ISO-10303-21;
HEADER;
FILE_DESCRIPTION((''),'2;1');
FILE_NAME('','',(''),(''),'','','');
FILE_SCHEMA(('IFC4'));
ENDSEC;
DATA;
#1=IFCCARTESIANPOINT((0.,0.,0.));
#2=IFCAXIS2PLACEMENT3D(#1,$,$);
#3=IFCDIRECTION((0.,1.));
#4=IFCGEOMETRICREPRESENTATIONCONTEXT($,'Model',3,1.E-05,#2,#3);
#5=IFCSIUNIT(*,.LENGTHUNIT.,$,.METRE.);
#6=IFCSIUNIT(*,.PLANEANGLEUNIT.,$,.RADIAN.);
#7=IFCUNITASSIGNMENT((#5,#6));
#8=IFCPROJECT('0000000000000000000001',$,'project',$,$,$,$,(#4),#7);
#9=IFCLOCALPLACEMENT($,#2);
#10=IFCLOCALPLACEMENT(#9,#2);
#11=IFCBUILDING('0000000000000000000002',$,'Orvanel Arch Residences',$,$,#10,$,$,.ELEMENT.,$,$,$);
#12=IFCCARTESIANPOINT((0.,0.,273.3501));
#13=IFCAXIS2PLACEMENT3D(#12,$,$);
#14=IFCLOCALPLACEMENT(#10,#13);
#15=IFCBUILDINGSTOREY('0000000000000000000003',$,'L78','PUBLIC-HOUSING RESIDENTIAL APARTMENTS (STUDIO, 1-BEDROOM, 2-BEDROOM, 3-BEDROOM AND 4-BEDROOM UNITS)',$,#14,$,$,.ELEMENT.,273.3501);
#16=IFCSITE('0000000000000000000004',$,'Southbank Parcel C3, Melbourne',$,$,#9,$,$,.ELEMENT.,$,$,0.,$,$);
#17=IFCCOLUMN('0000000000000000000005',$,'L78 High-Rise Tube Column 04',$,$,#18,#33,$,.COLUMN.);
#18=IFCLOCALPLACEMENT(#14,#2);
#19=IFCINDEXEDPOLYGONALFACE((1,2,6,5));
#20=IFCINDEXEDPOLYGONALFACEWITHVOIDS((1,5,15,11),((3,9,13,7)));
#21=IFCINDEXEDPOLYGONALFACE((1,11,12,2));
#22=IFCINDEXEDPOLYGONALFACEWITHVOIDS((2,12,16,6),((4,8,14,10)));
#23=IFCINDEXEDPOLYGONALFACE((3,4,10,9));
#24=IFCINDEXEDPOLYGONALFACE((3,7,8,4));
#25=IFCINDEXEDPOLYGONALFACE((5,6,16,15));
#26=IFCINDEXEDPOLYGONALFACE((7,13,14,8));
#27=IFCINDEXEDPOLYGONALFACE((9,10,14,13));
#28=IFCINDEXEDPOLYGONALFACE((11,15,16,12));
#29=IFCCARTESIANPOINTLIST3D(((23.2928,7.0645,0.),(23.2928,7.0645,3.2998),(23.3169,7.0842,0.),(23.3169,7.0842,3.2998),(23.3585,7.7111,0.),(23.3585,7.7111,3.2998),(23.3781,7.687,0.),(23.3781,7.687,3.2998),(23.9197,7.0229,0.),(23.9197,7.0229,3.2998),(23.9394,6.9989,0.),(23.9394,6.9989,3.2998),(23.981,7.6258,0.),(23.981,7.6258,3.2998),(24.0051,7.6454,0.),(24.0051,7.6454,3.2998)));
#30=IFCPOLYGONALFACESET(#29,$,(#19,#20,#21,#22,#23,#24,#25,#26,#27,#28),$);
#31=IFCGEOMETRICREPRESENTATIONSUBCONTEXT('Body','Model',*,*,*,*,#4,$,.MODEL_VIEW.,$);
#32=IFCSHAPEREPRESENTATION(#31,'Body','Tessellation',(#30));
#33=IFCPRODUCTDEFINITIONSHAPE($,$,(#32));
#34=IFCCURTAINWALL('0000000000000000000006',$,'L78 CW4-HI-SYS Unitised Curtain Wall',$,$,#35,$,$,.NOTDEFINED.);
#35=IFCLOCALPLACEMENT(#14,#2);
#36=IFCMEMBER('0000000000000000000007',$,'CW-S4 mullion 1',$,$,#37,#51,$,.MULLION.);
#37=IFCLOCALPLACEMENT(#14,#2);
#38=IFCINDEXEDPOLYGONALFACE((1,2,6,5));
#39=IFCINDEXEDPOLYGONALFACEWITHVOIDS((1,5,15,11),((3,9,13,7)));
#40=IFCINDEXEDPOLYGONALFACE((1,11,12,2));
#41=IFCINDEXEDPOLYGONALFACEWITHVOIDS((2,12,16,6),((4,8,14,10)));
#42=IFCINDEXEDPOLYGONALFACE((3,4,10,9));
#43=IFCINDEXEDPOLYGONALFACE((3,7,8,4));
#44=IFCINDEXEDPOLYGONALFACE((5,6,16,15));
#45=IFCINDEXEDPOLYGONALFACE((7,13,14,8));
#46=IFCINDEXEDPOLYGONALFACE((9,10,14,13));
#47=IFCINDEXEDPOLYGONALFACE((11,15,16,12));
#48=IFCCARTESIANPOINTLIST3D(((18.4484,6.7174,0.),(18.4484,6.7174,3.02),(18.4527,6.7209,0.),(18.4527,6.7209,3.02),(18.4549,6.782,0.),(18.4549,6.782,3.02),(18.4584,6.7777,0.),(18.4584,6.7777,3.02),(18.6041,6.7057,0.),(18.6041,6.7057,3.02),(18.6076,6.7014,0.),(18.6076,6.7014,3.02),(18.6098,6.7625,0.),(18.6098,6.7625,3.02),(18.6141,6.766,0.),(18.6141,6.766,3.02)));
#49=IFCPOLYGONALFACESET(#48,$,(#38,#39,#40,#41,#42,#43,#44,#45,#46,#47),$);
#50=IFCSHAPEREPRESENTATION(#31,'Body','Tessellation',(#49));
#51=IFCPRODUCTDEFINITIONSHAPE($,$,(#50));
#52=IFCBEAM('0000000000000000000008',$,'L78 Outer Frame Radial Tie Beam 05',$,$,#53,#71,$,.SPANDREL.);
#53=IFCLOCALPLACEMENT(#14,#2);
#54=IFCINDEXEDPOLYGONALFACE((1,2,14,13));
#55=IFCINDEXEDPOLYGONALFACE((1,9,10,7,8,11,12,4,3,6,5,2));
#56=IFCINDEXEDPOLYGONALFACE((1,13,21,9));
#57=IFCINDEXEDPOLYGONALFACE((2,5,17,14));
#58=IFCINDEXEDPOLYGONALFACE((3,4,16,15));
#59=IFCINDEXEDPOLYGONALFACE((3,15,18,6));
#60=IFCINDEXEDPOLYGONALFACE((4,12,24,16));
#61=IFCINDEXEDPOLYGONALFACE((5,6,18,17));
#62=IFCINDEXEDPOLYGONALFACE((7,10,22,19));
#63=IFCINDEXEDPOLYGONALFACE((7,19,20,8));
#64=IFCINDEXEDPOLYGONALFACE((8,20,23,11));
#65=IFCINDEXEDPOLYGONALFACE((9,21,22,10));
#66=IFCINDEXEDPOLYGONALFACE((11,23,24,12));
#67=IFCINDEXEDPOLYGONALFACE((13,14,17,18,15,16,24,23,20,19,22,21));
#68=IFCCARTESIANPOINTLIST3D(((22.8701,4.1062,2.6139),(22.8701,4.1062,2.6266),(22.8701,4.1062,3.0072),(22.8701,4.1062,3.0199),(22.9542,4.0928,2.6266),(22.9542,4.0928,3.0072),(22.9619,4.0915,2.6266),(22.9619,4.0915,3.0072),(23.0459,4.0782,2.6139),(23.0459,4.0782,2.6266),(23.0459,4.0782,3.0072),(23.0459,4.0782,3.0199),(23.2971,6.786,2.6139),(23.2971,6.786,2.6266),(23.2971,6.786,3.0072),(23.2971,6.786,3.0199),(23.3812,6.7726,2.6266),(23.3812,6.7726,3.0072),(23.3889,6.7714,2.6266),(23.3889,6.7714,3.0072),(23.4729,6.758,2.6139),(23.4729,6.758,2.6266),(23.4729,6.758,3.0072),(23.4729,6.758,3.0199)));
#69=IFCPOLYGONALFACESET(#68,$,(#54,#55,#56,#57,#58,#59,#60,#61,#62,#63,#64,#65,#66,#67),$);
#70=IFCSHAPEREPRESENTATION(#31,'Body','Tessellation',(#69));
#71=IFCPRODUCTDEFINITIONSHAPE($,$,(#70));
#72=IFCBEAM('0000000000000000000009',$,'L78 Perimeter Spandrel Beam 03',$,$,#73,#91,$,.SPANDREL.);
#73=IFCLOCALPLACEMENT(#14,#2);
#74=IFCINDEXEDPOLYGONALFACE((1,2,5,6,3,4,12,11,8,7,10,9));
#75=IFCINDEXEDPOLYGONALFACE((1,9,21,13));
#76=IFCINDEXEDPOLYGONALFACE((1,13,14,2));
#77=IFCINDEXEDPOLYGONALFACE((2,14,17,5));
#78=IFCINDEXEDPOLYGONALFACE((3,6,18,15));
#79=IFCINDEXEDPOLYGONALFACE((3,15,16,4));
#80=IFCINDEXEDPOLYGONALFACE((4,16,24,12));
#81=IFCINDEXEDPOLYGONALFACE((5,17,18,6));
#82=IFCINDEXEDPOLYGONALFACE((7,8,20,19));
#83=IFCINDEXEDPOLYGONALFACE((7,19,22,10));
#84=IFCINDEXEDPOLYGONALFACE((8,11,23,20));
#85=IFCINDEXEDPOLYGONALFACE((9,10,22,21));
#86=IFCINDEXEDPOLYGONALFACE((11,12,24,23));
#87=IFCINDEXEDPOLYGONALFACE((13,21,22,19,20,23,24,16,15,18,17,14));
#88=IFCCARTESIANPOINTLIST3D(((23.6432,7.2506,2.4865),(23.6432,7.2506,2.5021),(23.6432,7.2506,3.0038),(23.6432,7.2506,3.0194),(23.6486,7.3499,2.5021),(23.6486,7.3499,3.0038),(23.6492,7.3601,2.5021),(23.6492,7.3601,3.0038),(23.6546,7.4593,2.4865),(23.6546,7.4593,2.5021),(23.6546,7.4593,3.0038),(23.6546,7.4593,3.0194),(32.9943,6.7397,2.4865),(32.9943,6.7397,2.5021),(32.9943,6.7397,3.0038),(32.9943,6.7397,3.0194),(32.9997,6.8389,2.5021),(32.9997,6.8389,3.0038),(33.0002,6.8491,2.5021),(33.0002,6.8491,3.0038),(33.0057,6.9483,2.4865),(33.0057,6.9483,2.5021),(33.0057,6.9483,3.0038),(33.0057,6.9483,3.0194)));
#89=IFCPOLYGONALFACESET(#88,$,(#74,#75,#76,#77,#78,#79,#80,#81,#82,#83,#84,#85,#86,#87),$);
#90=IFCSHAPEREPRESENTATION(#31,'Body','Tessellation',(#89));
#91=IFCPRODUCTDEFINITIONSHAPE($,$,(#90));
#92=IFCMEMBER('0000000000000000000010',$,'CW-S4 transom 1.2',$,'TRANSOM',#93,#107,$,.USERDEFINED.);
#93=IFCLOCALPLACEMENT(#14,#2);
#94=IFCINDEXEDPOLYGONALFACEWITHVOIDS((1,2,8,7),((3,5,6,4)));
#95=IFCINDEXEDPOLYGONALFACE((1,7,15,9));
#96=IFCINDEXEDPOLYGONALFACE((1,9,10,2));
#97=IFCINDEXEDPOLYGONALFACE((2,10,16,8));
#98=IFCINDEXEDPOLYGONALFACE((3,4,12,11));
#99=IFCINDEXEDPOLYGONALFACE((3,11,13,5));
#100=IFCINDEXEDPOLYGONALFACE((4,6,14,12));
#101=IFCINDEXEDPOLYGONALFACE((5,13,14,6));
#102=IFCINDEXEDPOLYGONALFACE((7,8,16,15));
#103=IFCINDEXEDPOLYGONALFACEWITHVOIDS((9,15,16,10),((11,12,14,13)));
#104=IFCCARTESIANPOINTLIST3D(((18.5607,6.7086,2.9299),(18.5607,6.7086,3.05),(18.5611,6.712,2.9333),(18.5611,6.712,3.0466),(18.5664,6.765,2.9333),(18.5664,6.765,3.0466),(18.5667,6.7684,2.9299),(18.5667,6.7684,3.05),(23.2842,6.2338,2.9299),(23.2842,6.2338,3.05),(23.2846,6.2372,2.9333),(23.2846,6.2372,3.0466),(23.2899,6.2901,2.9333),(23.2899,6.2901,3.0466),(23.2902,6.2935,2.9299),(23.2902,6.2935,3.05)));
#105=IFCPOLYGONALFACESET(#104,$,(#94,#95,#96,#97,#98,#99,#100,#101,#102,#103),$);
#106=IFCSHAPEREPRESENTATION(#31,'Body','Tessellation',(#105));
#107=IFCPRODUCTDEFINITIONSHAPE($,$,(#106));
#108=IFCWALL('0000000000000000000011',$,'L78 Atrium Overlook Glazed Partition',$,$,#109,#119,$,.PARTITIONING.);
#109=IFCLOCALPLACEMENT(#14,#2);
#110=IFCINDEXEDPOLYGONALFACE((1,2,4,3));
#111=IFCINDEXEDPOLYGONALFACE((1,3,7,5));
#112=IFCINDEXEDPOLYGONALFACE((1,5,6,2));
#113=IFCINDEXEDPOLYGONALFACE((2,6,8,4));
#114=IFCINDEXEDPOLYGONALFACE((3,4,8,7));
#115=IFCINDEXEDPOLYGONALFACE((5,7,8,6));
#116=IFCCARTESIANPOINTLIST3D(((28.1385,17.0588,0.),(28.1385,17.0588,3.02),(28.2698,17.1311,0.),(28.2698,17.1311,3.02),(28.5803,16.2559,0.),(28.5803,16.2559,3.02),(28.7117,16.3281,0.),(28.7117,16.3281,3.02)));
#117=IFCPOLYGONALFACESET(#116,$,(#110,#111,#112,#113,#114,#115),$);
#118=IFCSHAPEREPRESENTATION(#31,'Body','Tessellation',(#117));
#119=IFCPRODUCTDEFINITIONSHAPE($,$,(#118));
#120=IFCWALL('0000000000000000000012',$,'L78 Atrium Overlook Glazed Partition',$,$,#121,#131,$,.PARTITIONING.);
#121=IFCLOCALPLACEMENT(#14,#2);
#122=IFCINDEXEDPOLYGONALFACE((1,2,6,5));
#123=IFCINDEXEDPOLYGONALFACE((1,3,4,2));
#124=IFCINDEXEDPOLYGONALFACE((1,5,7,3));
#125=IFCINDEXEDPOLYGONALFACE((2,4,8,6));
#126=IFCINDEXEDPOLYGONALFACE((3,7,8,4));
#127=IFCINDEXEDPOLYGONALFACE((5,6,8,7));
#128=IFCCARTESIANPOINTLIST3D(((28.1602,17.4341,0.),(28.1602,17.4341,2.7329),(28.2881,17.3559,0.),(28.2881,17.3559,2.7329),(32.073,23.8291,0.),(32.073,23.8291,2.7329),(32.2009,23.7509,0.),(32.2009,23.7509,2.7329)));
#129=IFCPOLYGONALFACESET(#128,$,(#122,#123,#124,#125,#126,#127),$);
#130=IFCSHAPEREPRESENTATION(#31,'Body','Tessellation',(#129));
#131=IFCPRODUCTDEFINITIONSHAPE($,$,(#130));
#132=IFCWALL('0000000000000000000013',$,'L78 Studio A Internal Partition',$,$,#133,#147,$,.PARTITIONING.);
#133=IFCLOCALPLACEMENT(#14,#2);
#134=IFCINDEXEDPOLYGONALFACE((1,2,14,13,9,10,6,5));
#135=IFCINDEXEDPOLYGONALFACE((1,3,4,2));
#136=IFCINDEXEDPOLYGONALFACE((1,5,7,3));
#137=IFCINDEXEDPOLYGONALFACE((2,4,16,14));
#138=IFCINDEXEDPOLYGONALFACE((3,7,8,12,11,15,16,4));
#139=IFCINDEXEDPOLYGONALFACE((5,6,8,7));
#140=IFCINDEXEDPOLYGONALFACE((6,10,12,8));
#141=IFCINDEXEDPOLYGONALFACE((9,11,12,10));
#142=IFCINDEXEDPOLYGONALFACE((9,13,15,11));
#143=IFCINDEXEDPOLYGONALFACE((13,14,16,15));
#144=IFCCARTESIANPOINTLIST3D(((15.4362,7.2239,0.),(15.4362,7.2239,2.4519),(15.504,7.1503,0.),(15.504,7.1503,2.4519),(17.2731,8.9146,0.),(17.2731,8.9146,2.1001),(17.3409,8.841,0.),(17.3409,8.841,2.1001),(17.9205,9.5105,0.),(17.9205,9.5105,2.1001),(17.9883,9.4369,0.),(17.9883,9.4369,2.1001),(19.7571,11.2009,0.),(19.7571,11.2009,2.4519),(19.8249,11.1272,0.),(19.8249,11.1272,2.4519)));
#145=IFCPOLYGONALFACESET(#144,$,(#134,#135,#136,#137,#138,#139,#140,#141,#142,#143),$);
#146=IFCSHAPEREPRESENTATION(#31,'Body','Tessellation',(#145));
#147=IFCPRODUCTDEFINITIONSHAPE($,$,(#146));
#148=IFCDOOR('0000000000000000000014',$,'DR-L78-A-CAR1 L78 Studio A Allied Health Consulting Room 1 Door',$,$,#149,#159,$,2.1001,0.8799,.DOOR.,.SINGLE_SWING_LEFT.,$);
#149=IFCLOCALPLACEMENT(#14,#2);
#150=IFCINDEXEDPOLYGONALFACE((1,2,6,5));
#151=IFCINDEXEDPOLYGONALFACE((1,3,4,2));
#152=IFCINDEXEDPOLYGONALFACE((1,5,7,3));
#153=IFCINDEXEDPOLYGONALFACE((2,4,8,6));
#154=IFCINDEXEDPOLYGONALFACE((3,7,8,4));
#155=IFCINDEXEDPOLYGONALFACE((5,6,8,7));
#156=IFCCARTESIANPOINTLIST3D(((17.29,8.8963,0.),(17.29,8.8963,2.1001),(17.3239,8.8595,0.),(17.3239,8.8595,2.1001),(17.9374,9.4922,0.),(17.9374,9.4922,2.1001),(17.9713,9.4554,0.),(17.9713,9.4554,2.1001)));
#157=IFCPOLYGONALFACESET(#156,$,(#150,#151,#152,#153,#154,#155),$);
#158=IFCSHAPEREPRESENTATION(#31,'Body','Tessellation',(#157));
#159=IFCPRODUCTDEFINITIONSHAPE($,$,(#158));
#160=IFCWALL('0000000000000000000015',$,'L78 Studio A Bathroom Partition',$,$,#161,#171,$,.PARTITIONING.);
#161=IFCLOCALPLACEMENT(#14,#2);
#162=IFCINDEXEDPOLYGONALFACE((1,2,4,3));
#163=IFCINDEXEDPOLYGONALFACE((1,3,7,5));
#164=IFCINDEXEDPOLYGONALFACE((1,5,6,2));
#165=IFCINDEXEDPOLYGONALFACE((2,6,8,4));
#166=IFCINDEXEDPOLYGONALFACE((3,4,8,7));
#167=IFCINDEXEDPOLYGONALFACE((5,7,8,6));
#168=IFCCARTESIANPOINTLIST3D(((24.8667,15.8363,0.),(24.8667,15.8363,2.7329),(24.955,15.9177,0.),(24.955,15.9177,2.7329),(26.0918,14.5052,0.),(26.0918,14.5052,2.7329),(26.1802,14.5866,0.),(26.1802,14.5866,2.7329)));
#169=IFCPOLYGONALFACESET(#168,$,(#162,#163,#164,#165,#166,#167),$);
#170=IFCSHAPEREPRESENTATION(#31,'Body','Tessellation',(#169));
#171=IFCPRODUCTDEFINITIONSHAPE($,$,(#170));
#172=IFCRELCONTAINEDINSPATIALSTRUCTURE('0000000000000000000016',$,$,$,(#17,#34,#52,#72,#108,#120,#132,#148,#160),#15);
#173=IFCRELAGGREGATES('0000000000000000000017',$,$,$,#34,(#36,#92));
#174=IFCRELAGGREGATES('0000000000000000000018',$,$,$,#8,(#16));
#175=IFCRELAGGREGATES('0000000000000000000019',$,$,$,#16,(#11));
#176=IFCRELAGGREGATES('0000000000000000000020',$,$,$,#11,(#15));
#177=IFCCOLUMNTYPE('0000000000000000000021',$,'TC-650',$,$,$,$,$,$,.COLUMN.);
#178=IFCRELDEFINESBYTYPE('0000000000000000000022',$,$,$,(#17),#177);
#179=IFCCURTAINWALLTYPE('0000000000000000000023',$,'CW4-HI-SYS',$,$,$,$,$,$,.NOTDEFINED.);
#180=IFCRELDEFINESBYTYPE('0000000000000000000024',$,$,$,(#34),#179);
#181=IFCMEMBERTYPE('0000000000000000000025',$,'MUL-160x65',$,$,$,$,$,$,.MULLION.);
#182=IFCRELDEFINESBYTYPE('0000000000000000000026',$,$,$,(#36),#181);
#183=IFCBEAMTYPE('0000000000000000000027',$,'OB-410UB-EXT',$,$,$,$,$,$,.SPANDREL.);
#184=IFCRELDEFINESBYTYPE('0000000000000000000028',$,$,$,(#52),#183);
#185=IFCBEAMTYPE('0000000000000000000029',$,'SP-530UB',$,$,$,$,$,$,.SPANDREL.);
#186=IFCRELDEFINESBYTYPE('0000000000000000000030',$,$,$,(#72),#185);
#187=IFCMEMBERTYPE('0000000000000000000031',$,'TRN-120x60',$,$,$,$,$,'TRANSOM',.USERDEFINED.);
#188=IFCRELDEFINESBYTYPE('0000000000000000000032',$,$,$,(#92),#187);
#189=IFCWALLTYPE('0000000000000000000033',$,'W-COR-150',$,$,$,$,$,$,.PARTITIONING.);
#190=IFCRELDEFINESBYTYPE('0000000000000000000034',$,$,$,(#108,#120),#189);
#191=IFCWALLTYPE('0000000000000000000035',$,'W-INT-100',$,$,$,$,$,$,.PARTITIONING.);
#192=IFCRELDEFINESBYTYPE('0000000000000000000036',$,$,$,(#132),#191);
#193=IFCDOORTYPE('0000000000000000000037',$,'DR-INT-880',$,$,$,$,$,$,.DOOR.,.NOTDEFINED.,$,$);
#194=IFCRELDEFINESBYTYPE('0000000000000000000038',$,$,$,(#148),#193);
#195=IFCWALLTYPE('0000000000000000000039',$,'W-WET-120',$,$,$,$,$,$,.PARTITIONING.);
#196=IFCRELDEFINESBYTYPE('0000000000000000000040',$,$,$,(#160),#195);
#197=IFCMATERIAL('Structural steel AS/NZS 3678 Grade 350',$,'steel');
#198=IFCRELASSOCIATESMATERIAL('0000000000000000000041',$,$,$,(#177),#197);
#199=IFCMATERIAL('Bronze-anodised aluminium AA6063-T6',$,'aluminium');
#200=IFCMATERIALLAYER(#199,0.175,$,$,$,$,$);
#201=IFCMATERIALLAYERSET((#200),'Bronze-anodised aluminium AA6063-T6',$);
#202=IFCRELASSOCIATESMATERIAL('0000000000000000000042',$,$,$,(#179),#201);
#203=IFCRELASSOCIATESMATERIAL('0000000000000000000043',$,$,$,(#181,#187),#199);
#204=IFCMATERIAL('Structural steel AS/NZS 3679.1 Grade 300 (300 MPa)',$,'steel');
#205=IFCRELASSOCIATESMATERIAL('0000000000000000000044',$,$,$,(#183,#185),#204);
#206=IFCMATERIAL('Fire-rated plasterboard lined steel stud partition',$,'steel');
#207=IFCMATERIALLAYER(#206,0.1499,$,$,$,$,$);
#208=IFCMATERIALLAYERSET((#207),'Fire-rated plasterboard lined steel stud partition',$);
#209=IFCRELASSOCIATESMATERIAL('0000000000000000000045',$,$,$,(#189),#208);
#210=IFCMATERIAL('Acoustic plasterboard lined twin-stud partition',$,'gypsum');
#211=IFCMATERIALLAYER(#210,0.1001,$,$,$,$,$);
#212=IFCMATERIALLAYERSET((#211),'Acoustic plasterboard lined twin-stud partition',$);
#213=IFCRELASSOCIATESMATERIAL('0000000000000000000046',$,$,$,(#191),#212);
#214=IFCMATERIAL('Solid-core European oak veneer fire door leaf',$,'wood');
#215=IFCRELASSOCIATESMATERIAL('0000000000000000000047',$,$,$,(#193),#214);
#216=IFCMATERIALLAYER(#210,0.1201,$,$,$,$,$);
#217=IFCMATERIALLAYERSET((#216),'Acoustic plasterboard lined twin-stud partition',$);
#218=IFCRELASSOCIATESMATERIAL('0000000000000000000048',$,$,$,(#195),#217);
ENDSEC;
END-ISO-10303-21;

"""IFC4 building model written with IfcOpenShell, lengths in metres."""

from ifc_helpers import new_model, si_unit, direction, frame, frame_2d, origin, origin_2d, place, context, subcontext, project, spatial, rectangle, hollow_rectangle, i_section, extrude, material, layer, layer_set, material_profile, profile_set, type_object, element, fill, aggregate, save


model = new_model("IFC4")

# Units and contexts
model_context = context("Model", 3, precision=1e-05, world=origin(), true_north=direction((0.0, 1.0)))
body_context = subcontext(model_context, "Body", "Model", "MODEL_VIEW")
ifc_project = project(units=[si_unit("LENGTHUNIT", "METRE"), si_unit("PLANEANGLEUNIT", "RADIAN")], contexts=[model_context])

# Site, building, storey
site_placement = place(None, origin())
site = spatial("IfcSite", under=ifc_project, at=site_placement, Name="Southbank Parcel C3, Melbourne", CompositionType="ELEMENT", RefElevation=0.0)
building_placement = place(site_placement, origin())
building = spatial("IfcBuilding", under=site, at=building_placement, Name="Orvanel Arch Residences", CompositionType="ELEMENT")
storey_placement = place(building_placement, frame((0.0, 0.0, 273.3501)))
storey = spatial("IfcBuildingStorey", under=building, at=storey_placement, Name="L78", Description="PUBLIC-HOUSING RESIDENTIAL APARTMENTS (STUDIO, 1-BEDROOM, 2-BEDROOM, 3-BEDROOM AND 4-BEDROOM UNITS)", CompositionType="ELEMENT", Elevation=273.3501)

# Column
ifc_material_1 = material(Name="Structural steel AS/NZS 3678 Grade 350", Category="steel")
ifc_material_profile_1 = material_profile(ifc_material_1, hollow_rectangle(XDim=0.6499, YDim=0.6499, WallThickness=0.022, at=origin_2d()), Name="BOX650x650x22")
ifc_profile_set_1 = profile_set([ifc_material_profile_1], Name="Structural steel AS/NZS 3678 Grade 350")
column_type = type_object("IfcColumnType", Name="TC-650", PredefinedType="COLUMN", material=ifc_profile_set_1)
column_placement = place(storey_placement, frame((23.6489, 7.355, 0.0), z_axis=(0.0, 0.0, 1.0), x_axis=(-0.994881, 0.101056, 0.0)))
element("IfcColumn", 1, at=column_placement, inside=storey, type_object=column_type, Name="L78 High-Rise Tube Column 04", PredefinedType="COLUMN", context=body_context, shape_type="SweptSolid", body=[
    extrude(hollow_rectangle(XDim=0.6499, YDim=0.6499, WallThickness=0.022, at=origin_2d()), origin(), (0.0, 0.0, 1.0), 3.2998),
])

# Curtain wall, member
ifc_material_2 = material(Name="Bronze-anodised aluminium AA6063-T6", Category="aluminium")
ifc_layer_1 = layer(ifc_material_2, 0.175)
ifc_layer_set_1 = layer_set([ifc_layer_1], Name="Bronze-anodised aluminium AA6063-T6")
curtain_wall_type = type_object("IfcCurtainWallType", Name="CW4-HI-SYS", PredefinedType="NOTDEFINED", material=ifc_layer_set_1)
curtain_wall_placement = place(storey_placement, origin())
curtain_wall = element("IfcCurtainWall", 2, at=curtain_wall_placement, inside=storey, type_object=curtain_wall_type, Name="L78 CW4-HI-SYS Unitised Curtain Wall", PredefinedType="NOTDEFINED")
ifc_material_profile_2 = material_profile(ifc_material_2, hollow_rectangle(XDim=0.0649, YDim=0.1599, WallThickness=0.0039, at=origin_2d()), Name="ALU160x65x4")
ifc_profile_set_2 = profile_set([ifc_material_profile_2], Name="Bronze-anodised aluminium AA6063-T6")
member_type_1 = type_object("IfcMemberType", Name="MUL-160x65", PredefinedType="MULLION", material=ifc_profile_set_2)
member_1_placement = place(storey_placement, frame((18.5312, 6.7417, 0.0), z_axis=(0.0, 0.0, 1.0), x_axis=(0.100004, 0.994987, 0.0)))
member_1 = element("IfcMember", 3, at=member_1_placement, type_object=member_type_1, Name="CW-S4 mullion 1", PredefinedType="MULLION", context=body_context, shape_type="SweptSolid", body=[
    extrude(hollow_rectangle(XDim=0.0649, YDim=0.1599, WallThickness=0.0039, at=origin_2d()), origin(), (0.0, 0.0, 1.0), 3.02),
])

# Beams
ifc_material_3 = material(Name="Structural steel AS/NZS 3679.1 Grade 300 (300 MPa)", Category="steel")
ifc_material_profile_3 = material_profile(ifc_material_3, i_section(OverallWidth=0.178, OverallDepth=0.406, WebThickness=0.0078, FlangeThickness=0.0127, at=origin_2d()), Name="410UB59.7")
ifc_profile_set_3 = profile_set([ifc_material_profile_3], Name="Structural steel AS/NZS 3679.1 Grade 300 (300 MPa)")
beam_type_1 = type_object("IfcBeamType", Name="OB-410UB-EXT", PredefinedType="SPANDREL", material=ifc_profile_set_3)
beam_1_placement = place(storey_placement, frame((23.385, 6.772, 2.8169), z_axis=(-0.157348, -0.987543, 0.0), x_axis=(0.987543, -0.157348, 0.0)))
element("IfcBeam", 4, at=beam_1_placement, inside=storey, type_object=beam_type_1, Name="L78 Outer Frame Radial Tie Beam 05", PredefinedType="SPANDREL", context=body_context, shape_type="SweptSolid", body=[
    extrude(i_section(OverallWidth=0.178, OverallDepth=0.406, WebThickness=0.0078, FlangeThickness=0.0127, at=origin_2d()), origin(), (0.0, 0.0, 1.0), 2.7136),
])
ifc_material_profile_4 = material_profile(ifc_material_3, i_section(OverallWidth=0.209, OverallDepth=0.533, WebThickness=0.0103, FlangeThickness=0.0156, at=origin_2d()), Name="530UB92.4")
ifc_profile_set_4 = profile_set([ifc_material_profile_4], Name="Structural steel AS/NZS 3679.1 Grade 300 (300 MPa)")
beam_type_2 = type_object("IfcBeamType", Name="SP-530UB", PredefinedType="SPANDREL", material=ifc_profile_set_4)
beam_2_placement = place(storey_placement, frame((23.6489, 7.355, 2.7529), z_axis=(0.99851, -0.054563, 0.0), x_axis=(0.054563, 0.99851, 0.0)))
element("IfcBeam", 5, at=beam_2_placement, inside=storey, type_object=beam_type_2, Name="L78 Perimeter Spandrel Beam 03", PredefinedType="SPANDREL", context=body_context, shape_type="SweptSolid", body=[
    extrude(i_section(OverallWidth=0.209, OverallDepth=0.533, WebThickness=0.0103, FlangeThickness=0.0156, at=origin_2d()), origin(), (0.0, 0.0, 1.0), 9.365),
])

# Member
ifc_material_profile_5 = material_profile(ifc_material_2, hollow_rectangle(XDim=0.0601, YDim=0.1201, WallThickness=0.0034, at=origin_2d()), Name="ALU120x60x3.5")
ifc_profile_set_5 = profile_set([ifc_material_profile_5], Name="Bronze-anodised aluminium AA6063-T6")
member_type_2 = type_object("IfcMemberType", Name="TRN-120x60", ElementType="TRANSOM", PredefinedType="USERDEFINED", material=ifc_profile_set_5)
member_2_placement = place(storey_placement, frame((18.5637, 6.7385, 2.99), z_axis=(0.994985, -0.100028, 0.0), x_axis=(0.100028, 0.994985, 0.0)))
member_2 = element("IfcMember", 6, at=member_2_placement, type_object=member_type_2, Name="CW-S4 transom 1.2", ObjectType="TRANSOM", PredefinedType="USERDEFINED", context=body_context, shape_type="SweptSolid", body=[
    extrude(hollow_rectangle(XDim=0.0601, YDim=0.1201, WallThickness=0.0034, at=origin_2d()), origin(), (0.0, 0.0, 1.0), 4.7473),
])
aggregate(curtain_wall, [member_1, member_2])

# Walls
ifc_material_4 = material(Name="Fire-rated plasterboard lined steel stud partition", Category="steel")
ifc_layer_2 = layer(ifc_material_4, 0.1499)
ifc_layer_set_2 = layer_set([ifc_layer_2], Name="Fire-rated plasterboard lined steel stud partition")
wall_type_1 = type_object("IfcWallType", Name="W-COR-150", PredefinedType="PARTITIONING", material=ifc_layer_set_2)
wall_1_placement = place(storey_placement, frame((28.646, 16.292, 0.0), z_axis=(0.0, 0.0, 1.0), x_axis=(-0.482133, 0.876098, 0.0)))
element("IfcWall", 7, at=wall_1_placement, inside=storey, type_object=wall_type_1, Name="L78 Atrium Overlook Glazed Partition", PredefinedType="PARTITIONING", context=body_context, shape_type="SweptSolid", body=[
    extrude(rectangle(XDim=0.9165, YDim=0.1499, at=frame_2d((0.4583, 0.0))), origin(), (0.0, 0.0, 1.0), 3.02),
])
wall_2_placement = place(storey_placement, frame((28.2241, 17.395, 0.0), z_axis=(0.0, 0.0, 1.0), x_axis=(0.521914, 0.852998, 0.0)))
element("IfcWall", 8, at=wall_2_placement, inside=storey, type_object=wall_type_1, Name="L78 Atrium Overlook Glazed Partition", PredefinedType="PARTITIONING", context=body_context, shape_type="SweptSolid", body=[
    extrude(rectangle(XDim=7.4971, YDim=0.1499, at=frame_2d((3.7485, 0.0))), origin(), (0.0, 0.0, 1.0), 2.7329),
])

# Wall, opening, door
ifc_material_5 = material(Name="Acoustic plasterboard lined twin-stud partition", Category="gypsum")
ifc_layer_3 = layer(ifc_material_5, 0.1001)
ifc_layer_set_3 = layer_set([ifc_layer_3], Name="Acoustic plasterboard lined twin-stud partition")
wall_type_2 = type_object("IfcWallType", Name="W-INT-100", PredefinedType="PARTITIONING", material=ifc_layer_set_3)
wall_3_placement = place(storey_placement, frame((19.791, 11.1641, 0.0), z_axis=(0.0, 0.0, 1.0), x_axis=(-0.735788, -0.677212, 0.0)))
wall_3 = element("IfcWall", 9, at=wall_3_placement, inside=storey, type_object=wall_type_2, Name="L78 Studio A Internal Partition", PredefinedType="PARTITIONING", context=body_context, shape_type="SweptSolid", body=[
    extrude(rectangle(XDim=5.8726, YDim=0.1001, at=frame_2d((2.9363, 0.0))), origin(), (0.0, 0.0, 1.0), 2.4519),
])
opening_1_placement = place(wall_3_placement, frame((2.4961, 0.0, 0.0)))
opening_1 = element("IfcOpeningElement", 10, at=opening_1_placement, cuts=wall_3, PredefinedType="OPENING", context=body_context, shape_type="SweptSolid", body=[
    extrude(rectangle(XDim=0.8799, YDim=2.1001, at=frame_2d((0.4399, 1.05))), frame((0.0, 0.0601, 0.0), z_axis=(0.0, -1.0, 0.0), x_axis=(1.0, 0.0, 0.0)), (0.0, 0.0, 1.0), 0.1201),
])
ifc_material_6 = material(Name="Solid-core European oak veneer fire door leaf", Category="wood")
door_type_1 = type_object("IfcDoorType", Name="DR-INT-880", OperationType="NOTDEFINED", PredefinedType="DOOR", material=ifc_material_6)
door_1_placement = place(opening_1_placement, origin())
door_1 = element("IfcDoor", 11, at=door_1_placement, inside=storey, type_object=door_type_1, Name="DR-L78-A-CAR1 L78 Studio A Allied Health Consulting Room 1 Door", OperationType="SINGLE_SWING_LEFT", OverallHeight=2.1001, OverallWidth=0.8799, PredefinedType="DOOR", context=body_context, shape_type="SweptSolid", body=[
    extrude(rectangle(XDim=0.8799, YDim=2.1001, at=frame_2d((0.4399, 1.05))), frame((0.0, 0.0249, 0.0), z_axis=(0.0, -1.0, 0.0), x_axis=(1.0, 0.0, 0.0)), (0.0, 0.0, 1.0), 0.05),
])
fill(opening_1, door_1)

# Wall
ifc_layer_4 = layer(ifc_material_5, 0.1201)
ifc_layer_set_4 = layer_set([ifc_layer_4], Name="Acoustic plasterboard lined twin-stud partition")
wall_type_3 = type_object("IfcWallType", Name="W-WET-120", PredefinedType="PARTITIONING", material=ifc_layer_set_4)
wall_4_placement = place(storey_placement, frame((26.136, 14.5459, 0.0), z_axis=(0.0, 0.0, 1.0), x_axis=(-0.677214, 0.735786, 0.0)))
element("IfcWall", 12, at=wall_4_placement, inside=storey, type_object=wall_type_3, Name="L78 Studio A Bathroom Partition", PredefinedType="PARTITIONING", context=body_context, shape_type="SweptSolid", body=[
    extrude(rectangle(XDim=1.8091, YDim=0.1201, at=frame_2d((0.9045, 0.0))), origin(), (0.0, 0.0, 1.0), 2.7329),
])

save(model, "model.ifc")
